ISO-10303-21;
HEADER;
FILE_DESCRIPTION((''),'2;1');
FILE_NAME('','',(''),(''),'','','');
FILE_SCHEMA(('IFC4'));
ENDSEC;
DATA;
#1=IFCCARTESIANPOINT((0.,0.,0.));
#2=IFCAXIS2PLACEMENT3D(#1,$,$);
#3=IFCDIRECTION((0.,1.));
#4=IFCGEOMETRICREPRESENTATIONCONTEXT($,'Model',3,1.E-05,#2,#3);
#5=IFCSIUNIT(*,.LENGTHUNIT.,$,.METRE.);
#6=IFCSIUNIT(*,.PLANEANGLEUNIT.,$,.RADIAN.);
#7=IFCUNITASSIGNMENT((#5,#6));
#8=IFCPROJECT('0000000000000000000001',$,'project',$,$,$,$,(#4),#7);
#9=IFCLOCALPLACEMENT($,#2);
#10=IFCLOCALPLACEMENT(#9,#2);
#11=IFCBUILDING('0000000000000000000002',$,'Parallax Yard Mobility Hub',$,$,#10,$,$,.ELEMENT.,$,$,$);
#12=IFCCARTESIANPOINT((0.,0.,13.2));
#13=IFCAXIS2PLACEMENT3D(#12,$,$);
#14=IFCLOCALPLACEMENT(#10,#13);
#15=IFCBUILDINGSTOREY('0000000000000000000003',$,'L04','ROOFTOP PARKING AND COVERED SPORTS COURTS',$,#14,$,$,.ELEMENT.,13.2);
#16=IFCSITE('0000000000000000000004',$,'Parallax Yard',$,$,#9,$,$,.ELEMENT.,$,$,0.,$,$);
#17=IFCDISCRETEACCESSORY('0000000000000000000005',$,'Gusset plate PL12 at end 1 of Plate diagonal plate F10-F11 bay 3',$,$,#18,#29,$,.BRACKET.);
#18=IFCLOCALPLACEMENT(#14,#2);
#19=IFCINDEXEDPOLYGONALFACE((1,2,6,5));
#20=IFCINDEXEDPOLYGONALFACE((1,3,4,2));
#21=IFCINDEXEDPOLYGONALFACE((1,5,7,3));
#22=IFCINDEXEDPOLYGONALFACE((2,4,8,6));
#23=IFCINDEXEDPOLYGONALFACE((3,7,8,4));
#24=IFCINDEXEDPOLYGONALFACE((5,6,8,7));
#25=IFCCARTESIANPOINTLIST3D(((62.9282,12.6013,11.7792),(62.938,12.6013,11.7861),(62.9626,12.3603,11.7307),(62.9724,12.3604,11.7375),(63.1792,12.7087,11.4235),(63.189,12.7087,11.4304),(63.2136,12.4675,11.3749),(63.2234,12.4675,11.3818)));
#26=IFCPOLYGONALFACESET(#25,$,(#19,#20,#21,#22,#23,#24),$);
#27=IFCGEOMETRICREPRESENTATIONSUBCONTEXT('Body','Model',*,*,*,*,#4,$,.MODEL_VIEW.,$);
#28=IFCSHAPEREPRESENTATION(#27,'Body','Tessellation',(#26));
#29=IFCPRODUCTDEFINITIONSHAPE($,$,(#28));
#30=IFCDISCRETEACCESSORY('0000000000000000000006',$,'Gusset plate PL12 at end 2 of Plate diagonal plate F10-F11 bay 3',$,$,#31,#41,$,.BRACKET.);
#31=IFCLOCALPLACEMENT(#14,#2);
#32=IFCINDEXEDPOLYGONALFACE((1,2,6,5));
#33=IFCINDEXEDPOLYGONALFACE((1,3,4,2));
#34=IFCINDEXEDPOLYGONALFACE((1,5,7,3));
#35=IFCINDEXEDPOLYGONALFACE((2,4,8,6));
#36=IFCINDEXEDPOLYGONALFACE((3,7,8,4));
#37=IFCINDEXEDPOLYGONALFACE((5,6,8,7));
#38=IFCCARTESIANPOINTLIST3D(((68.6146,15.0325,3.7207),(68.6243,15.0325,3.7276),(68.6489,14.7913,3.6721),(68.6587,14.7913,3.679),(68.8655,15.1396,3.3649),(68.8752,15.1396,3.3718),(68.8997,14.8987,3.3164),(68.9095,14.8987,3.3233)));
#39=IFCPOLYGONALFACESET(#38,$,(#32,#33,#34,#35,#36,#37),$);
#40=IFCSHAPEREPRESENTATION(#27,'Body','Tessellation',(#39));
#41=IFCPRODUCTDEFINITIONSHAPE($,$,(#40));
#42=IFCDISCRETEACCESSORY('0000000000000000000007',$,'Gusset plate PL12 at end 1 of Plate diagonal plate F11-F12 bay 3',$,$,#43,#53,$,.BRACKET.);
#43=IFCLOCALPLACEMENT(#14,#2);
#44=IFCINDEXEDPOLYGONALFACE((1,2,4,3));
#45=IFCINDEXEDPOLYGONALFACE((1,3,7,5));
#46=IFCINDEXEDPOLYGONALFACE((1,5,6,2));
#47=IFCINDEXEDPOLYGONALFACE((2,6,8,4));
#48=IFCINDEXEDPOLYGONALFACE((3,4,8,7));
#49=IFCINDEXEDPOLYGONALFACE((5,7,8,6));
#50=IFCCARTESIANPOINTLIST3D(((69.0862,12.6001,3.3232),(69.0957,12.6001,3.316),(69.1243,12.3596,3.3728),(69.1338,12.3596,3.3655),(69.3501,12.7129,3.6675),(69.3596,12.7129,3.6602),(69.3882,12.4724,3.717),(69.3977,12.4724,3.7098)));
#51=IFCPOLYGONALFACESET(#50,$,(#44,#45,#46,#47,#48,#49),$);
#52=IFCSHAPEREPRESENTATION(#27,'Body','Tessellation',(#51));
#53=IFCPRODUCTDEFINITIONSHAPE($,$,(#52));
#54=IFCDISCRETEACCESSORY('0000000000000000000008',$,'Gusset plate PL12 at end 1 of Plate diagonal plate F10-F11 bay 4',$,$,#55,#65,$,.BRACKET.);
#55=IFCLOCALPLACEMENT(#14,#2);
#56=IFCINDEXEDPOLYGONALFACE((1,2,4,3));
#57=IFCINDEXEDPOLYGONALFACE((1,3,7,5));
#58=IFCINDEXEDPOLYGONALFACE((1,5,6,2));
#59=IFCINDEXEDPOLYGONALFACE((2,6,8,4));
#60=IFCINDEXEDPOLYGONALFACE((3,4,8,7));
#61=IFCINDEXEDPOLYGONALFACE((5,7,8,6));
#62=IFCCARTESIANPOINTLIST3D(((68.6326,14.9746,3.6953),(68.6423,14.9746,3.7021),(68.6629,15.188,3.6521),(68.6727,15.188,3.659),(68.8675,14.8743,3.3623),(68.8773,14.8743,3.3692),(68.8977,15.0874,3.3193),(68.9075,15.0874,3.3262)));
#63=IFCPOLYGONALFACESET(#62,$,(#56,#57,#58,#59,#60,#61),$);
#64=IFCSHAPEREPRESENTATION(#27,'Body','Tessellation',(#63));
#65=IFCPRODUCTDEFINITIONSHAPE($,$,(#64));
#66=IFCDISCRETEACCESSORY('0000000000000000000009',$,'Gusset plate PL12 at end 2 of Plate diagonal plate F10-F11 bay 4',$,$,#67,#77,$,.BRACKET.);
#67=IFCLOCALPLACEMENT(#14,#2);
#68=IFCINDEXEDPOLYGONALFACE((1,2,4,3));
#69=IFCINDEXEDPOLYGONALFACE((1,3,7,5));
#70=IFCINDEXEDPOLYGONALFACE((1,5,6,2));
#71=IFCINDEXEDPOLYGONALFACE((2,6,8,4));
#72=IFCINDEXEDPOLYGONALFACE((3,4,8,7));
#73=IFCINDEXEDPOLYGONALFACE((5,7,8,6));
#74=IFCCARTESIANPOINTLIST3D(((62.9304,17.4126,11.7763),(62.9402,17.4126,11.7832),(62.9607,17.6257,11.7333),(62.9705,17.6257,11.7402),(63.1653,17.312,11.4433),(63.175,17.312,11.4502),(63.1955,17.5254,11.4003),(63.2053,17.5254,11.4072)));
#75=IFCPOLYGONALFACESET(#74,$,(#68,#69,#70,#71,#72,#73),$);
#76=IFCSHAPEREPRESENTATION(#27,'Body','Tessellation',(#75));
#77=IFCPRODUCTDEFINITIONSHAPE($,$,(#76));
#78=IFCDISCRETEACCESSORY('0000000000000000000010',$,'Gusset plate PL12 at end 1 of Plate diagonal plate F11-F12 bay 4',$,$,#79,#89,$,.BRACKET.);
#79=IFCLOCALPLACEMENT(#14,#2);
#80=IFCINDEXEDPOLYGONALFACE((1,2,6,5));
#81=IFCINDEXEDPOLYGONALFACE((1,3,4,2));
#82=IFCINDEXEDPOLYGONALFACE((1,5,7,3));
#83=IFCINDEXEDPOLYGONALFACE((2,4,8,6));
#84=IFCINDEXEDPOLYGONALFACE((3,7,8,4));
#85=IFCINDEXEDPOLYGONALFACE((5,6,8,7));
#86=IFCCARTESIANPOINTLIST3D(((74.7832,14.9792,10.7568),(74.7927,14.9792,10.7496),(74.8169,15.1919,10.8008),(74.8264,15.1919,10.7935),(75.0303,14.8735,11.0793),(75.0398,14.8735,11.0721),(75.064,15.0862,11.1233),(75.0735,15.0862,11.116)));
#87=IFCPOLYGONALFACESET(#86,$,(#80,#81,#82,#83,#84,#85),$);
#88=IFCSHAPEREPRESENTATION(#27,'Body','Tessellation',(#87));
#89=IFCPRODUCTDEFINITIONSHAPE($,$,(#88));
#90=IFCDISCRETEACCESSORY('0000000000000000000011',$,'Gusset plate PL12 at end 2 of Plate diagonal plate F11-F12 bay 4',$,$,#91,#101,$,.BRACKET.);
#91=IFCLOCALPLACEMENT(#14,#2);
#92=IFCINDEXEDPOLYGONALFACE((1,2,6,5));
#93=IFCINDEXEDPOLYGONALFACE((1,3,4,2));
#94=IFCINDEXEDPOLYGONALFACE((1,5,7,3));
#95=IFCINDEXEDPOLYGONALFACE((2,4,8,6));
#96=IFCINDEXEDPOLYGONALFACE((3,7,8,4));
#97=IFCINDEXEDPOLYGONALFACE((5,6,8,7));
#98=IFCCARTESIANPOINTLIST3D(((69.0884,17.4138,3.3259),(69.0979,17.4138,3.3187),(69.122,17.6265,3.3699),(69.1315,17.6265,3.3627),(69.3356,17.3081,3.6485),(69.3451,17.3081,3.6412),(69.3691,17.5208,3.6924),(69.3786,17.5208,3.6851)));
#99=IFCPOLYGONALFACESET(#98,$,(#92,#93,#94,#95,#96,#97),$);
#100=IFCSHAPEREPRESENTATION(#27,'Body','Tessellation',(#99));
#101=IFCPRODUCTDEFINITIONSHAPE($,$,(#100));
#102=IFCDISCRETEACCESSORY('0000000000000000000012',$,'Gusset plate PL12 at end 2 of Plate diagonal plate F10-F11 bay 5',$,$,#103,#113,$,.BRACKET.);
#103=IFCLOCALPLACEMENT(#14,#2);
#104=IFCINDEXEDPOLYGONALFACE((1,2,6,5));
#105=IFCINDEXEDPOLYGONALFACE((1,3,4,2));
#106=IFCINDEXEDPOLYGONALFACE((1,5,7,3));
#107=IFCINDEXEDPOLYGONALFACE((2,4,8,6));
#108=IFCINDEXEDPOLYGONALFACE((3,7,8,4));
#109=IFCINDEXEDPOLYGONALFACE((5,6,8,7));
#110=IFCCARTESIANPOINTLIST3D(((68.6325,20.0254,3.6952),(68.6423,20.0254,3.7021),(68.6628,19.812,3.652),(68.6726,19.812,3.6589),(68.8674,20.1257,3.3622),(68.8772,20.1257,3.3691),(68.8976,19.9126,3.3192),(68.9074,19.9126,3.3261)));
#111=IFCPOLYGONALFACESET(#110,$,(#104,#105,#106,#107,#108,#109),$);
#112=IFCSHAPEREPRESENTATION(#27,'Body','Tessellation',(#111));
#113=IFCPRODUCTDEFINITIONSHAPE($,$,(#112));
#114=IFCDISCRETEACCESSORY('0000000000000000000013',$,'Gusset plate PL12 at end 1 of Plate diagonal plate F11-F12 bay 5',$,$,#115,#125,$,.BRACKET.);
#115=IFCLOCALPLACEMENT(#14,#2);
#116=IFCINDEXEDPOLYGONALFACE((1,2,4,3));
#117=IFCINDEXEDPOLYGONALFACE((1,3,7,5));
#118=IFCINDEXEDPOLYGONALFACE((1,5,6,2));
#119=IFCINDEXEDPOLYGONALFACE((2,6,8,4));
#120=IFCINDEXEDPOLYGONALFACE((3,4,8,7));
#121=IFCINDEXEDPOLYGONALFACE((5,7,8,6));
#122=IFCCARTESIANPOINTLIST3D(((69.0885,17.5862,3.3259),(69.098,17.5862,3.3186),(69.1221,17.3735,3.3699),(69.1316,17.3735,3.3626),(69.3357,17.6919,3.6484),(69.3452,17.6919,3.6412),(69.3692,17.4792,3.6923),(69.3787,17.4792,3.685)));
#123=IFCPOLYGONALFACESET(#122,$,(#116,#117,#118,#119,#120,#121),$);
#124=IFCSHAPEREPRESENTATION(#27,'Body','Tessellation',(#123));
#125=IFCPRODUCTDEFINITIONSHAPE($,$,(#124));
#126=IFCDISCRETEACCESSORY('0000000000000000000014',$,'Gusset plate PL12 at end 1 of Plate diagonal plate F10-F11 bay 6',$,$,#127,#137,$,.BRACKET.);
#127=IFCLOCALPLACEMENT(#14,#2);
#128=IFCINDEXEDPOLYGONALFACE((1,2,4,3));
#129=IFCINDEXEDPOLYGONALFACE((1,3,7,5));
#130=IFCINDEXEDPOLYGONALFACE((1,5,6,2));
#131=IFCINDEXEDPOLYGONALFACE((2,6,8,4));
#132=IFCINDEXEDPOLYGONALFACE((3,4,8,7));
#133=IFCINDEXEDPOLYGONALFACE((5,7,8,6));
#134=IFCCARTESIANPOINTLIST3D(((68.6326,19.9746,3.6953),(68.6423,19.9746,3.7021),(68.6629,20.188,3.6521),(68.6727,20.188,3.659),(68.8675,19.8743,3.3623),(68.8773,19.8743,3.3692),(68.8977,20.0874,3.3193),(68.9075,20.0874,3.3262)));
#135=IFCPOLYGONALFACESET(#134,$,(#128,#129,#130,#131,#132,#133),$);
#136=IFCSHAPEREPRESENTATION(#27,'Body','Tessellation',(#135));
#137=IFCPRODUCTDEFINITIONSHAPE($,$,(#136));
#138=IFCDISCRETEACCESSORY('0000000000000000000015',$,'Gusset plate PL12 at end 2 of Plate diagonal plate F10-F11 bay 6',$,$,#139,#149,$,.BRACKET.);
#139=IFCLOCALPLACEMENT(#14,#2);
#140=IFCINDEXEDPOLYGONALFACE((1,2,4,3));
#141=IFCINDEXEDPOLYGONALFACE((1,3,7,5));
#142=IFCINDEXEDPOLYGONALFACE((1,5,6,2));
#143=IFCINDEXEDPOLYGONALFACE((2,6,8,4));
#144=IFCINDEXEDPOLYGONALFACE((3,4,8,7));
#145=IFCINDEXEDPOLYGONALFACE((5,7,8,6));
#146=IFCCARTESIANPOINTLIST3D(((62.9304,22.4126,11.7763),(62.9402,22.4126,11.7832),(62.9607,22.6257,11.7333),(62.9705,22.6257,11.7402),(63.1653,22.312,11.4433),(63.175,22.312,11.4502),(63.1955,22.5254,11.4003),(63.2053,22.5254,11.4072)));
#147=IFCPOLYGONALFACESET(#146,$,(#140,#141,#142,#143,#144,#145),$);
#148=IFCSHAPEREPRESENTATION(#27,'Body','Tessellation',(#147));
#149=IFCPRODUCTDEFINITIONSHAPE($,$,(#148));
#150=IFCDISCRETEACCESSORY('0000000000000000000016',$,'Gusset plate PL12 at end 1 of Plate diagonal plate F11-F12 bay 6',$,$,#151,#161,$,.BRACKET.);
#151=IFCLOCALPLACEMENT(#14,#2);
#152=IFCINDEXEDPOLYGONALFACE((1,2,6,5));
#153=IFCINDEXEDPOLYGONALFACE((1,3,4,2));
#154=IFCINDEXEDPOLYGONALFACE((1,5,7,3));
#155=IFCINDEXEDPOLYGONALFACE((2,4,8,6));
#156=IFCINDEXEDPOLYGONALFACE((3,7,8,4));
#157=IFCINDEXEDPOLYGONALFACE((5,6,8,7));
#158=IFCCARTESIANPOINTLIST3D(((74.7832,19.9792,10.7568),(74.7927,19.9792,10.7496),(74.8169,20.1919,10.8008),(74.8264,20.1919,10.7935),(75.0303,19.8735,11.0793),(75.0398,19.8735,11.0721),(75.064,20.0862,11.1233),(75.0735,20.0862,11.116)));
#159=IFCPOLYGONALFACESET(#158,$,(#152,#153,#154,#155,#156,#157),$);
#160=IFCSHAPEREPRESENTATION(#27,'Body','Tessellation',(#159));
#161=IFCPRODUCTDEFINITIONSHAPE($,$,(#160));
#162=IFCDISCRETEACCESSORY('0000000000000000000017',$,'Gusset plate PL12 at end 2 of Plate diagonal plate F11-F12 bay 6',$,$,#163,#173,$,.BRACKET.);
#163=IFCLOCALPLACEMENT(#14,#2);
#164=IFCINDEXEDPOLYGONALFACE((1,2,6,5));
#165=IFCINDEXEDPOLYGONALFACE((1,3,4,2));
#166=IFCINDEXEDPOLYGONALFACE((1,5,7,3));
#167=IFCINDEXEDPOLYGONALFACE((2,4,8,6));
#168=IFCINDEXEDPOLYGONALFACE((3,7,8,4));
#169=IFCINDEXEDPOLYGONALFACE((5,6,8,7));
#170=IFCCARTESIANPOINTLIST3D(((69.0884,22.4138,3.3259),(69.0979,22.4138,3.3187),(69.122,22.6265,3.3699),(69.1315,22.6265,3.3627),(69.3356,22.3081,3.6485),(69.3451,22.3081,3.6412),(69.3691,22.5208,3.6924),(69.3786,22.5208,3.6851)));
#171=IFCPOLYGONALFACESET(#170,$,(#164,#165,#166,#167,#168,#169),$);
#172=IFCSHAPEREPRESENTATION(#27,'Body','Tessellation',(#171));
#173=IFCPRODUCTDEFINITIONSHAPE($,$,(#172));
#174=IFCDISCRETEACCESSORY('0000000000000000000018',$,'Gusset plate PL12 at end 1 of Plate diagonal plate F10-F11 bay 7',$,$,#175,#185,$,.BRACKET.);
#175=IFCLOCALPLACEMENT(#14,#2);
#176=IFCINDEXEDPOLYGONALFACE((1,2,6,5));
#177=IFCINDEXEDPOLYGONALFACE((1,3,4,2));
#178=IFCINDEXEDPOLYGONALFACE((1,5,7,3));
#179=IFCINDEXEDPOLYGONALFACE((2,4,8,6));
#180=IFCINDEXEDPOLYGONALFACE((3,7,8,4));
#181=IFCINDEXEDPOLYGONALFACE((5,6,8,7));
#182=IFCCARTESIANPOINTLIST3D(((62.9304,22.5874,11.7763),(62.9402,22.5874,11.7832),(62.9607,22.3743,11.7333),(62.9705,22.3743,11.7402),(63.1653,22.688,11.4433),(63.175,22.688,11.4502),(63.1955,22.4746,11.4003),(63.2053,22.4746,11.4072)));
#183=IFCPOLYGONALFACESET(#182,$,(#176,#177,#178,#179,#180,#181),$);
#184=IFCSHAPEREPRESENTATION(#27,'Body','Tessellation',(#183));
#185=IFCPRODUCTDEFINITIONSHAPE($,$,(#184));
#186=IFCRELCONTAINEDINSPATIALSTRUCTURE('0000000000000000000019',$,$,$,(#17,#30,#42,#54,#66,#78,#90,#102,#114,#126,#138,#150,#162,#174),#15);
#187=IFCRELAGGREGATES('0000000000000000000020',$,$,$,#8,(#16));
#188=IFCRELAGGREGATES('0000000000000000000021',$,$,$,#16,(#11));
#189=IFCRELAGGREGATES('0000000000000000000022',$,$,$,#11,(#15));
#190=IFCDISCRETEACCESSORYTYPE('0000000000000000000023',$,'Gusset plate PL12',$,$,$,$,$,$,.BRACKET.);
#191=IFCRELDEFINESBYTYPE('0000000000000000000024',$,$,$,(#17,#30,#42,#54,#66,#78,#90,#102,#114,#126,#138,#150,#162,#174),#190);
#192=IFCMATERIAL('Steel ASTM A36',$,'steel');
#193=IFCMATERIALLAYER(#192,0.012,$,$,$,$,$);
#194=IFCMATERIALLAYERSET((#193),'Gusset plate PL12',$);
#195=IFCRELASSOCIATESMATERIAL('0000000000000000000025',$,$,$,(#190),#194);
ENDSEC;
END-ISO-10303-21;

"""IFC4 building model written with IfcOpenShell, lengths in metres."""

from ifc_helpers import new_model, si_unit, direction, frame, origin, place, context, subcontext, project, spatial, polyline, outline, extrude, material, layer, layer_set, type_object, element, save


model = new_model("IFC4")

# Units and contexts
model_context = context("Model", 3, precision=1e-05, world=origin(), true_north=direction((0.0, 1.0)))
body_context = subcontext(model_context, "Body", "Model", "MODEL_VIEW")
ifc_project = project(units=[si_unit("LENGTHUNIT", "METRE"), si_unit("PLANEANGLEUNIT", "RADIAN")], contexts=[model_context])

# Site, building, storey
site_placement = place(None, origin())
site = spatial("IfcSite", under=ifc_project, at=site_placement, Name="Parallax Yard", CompositionType="ELEMENT", RefElevation=0.0)
building_placement = place(site_placement, origin())
building = spatial("IfcBuilding", under=site, at=building_placement, Name="Parallax Yard Mobility Hub", CompositionType="ELEMENT")
storey_placement = place(building_placement, frame((0.0, 0.0, 13.2)))
storey = spatial("IfcBuildingStorey", under=building, at=storey_placement, Name="L04", Description="ROOFTOP PARKING AND COVERED SPORTS COURTS", CompositionType="ELEMENT", Elevation=13.2)

# Discrete accessories
ifc_material_1 = material(Name="Steel ASTM A36", Category="steel")
ifc_layer = layer(ifc_material_1, 0.012)
ifc_layer_set = layer_set([ifc_layer], Name="Gusset plate PL12")
discrete_accessory_type = type_object("IfcDiscreteAccessoryType", Name="Gusset plate PL12", PredefinedType="BRACKET", material=ifc_layer_set)
discrete_accessory_1_placement = place(storey_placement, frame((63.189, 12.7087, 11.4304), z_axis=(0.817026, 0.000463, 0.5766), x_axis=(-0.559719, -0.239568, 0.793298)))
element("IfcDiscreteAccessory", 1, at=discrete_accessory_1_placement, inside=storey, type_object=discrete_accessory_type, Name="Gusset plate PL12 at end 1 of Plate diagonal plate F10-F11 bay 3", PredefinedType="BRACKET", context=body_context, shape_type="SweptSolid", body=[
    extrude(outline(polyline([(0.0, 0.0), (0.4484, 0.0), (0.4483, 0.2482), (0.0, 0.2485), (0.0, 0.0)])), origin(), (0.0, 0.0, -1.0), 0.012),
])
discrete_accessory_2_placement = place(storey_placement, frame((68.6587, 14.7913, 3.679), z_axis=(0.817206, 0.000126, 0.576345), x_axis=(0.559527, 0.239641, -0.793412)))
element("IfcDiscreteAccessory", 2, at=discrete_accessory_2_placement, inside=storey, type_object=discrete_accessory_type, Name="Gusset plate PL12 at end 2 of Plate diagonal plate F10-F11 bay 3", PredefinedType="BRACKET", context=body_context, shape_type="SweptSolid", body=[
    extrude(outline(polyline([(0.0, 0.0), (0.4483, 0.0), (0.4483, 0.2482), (0.0, 0.2485), (0.0, 0.0)])), origin(), (0.0, 0.0, -1.0), 0.012),
])
discrete_accessory_3_placement = place(storey_placement, frame((69.3501, 12.7129, 3.6675), z_axis=(-0.793563, -0.000277, 0.608489), x_axis=(-0.588849, -0.251664, -0.768064)))
element("IfcDiscreteAccessory", 3, at=discrete_accessory_3_placement, inside=storey, type_object=discrete_accessory_type, Name="Gusset plate PL12 at end 1 of Plate diagonal plate F11-F12 bay 3", PredefinedType="BRACKET", context=body_context, shape_type="SweptSolid", body=[
    extrude(outline(polyline([(0.0, 0.0), (0.4482, 0.0), (0.4482, 0.2485), (0.0, 0.2485), (0.0, 0.0)])), origin(), (0.0, 0.0, -1.0), 0.012),
])
discrete_accessory_4_placement = place(storey_placement, frame((68.6423, 14.9746, 3.7021), z_axis=(0.817167, 0.000465, 0.576401), x_axis=(0.559774, -0.239096, -0.793401)))
element("IfcDiscreteAccessory", 4, at=discrete_accessory_4_placement, inside=storey, type_object=discrete_accessory_type, Name="Gusset plate PL12 at end 1 of Plate diagonal plate F10-F11 bay 4", PredefinedType="BRACKET", context=body_context, shape_type="SweptSolid", body=[
    extrude(outline(polyline([(0.0, 0.0), (0.4197, 0.0), (0.4197, 0.2195), (0.0002, 0.2198), (0.0, 0.0)])), origin(), (0.0, 0.0, -1.0), 0.012),
])
discrete_accessory_5_placement = place(storey_placement, frame((63.2053, 17.5254, 11.4072), z_axis=(0.817216, 0.000114, 0.576331), x_axis=(-0.559637, 0.239097, 0.793498)))
element("IfcDiscreteAccessory", 5, at=discrete_accessory_5_placement, inside=storey, type_object=discrete_accessory_type, Name="Gusset plate PL12 at end 2 of Plate diagonal plate F10-F11 bay 4", PredefinedType="BRACKET", context=body_context, shape_type="SweptSolid", body=[
    extrude(outline(polyline([(0.0, 0.0), (0.4197, 0.0), (0.4197, 0.2195), (0.0, 0.2198), (0.0, 0.0)])), origin(), (0.0, 0.0, -1.0), 0.012),
])
discrete_accessory_6_placement = place(storey_placement, frame((74.7832, 14.9792, 10.7568), z_axis=(-0.793815, 0.000089, 0.60816), x_axis=(0.588544, -0.251818, 0.768247)))
element("IfcDiscreteAccessory", 6, at=discrete_accessory_6_placement, inside=storey, type_object=discrete_accessory_type, Name="Gusset plate PL12 at end 1 of Plate diagonal plate F11-F12 bay 4", PredefinedType="BRACKET", context=body_context, shape_type="SweptSolid", body=[
    extrude(outline(polyline([(0.0, 0.0), (0.4198, 0.0), (0.4198, 0.2197), (0.0, 0.2197), (0.0, 0.0)])), origin(), (0.0, 0.0, -1.0), 0.012),
])
discrete_accessory_7_placement = place(storey_placement, frame((69.3691, 17.5208, 3.6924), z_axis=(-0.793746, -0.000396, 0.608249), x_axis=(-0.588727, 0.251818, -0.768107)))
element("IfcDiscreteAccessory", 7, at=discrete_accessory_7_placement, inside=storey, type_object=discrete_accessory_type, Name="Gusset plate PL12 at end 2 of Plate diagonal plate F11-F12 bay 4", PredefinedType="BRACKET", context=body_context, shape_type="SweptSolid", body=[
    extrude(outline(polyline([(0.0, 0.0), (0.4198, 0.0), (0.4198, 0.2197), (-0.0001, 0.2197), (0.0, 0.0)])), origin(), (0.0, 0.0, -1.0), 0.012),
])
discrete_accessory_8_placement = place(storey_placement, frame((68.6726, 19.812, 3.6589), z_axis=(0.817167, -0.000465, 0.576401), x_axis=(0.559681, 0.239756, -0.793268)))
element("IfcDiscreteAccessory", 8, at=discrete_accessory_8_placement, inside=storey, type_object=discrete_accessory_type, Name="Gusset plate PL12 at end 2 of Plate diagonal plate F10-F11 bay 5", PredefinedType="BRACKET", context=body_context, shape_type="SweptSolid", body=[
    extrude(outline(polyline([(0.0, 0.0), (0.4195, 0.0), (0.4196, 0.2195), (-0.0001, 0.2198), (0.0, 0.0)])), origin(), (0.0, 0.0, -1.0), 0.012),
])
discrete_accessory_9_placement = place(storey_placement, frame((69.3357, 17.6919, 3.6484), z_axis=(-0.793746, 0.000396, 0.608249), x_axis=(-0.588741, -0.251732, -0.768125)))
element("IfcDiscreteAccessory", 9, at=discrete_accessory_9_placement, inside=storey, type_object=discrete_accessory_type, Name="Gusset plate PL12 at end 1 of Plate diagonal plate F11-F12 bay 5", PredefinedType="BRACKET", context=body_context, shape_type="SweptSolid", body=[
    extrude(outline(polyline([(0.0, 0.0), (0.4199, 0.0), (0.4199, 0.2197), (0.0001, 0.2197), (0.0, 0.0)])), origin(), (0.0, 0.0, -1.0), 0.012),
])
discrete_accessory_10_placement = place(storey_placement, frame((68.6423, 19.9746, 3.7021), z_axis=(0.817167, 0.000465, 0.576401), x_axis=(0.559774, -0.239096, -0.793401)))
element("IfcDiscreteAccessory", 10, at=discrete_accessory_10_placement, inside=storey, type_object=discrete_accessory_type, Name="Gusset plate PL12 at end 1 of Plate diagonal plate F10-F11 bay 6", PredefinedType="BRACKET", context=body_context, shape_type="SweptSolid", body=[
    extrude(outline(polyline([(0.0, 0.0), (0.4197, 0.0), (0.4197, 0.2195), (0.0002, 0.2198), (0.0, 0.0)])), origin(), (0.0, 0.0, -1.0), 0.012),
])
discrete_accessory_11_placement = place(storey_placement, frame((63.2053, 22.5254, 11.4072), z_axis=(0.817216, 0.000114, 0.576331), x_axis=(-0.559637, 0.239097, 0.793498)))
element("IfcDiscreteAccessory", 11, at=discrete_accessory_11_placement, inside=storey, type_object=discrete_accessory_type, Name="Gusset plate PL12 at end 2 of Plate diagonal plate F10-F11 bay 6", PredefinedType="BRACKET", context=body_context, shape_type="SweptSolid", body=[
    extrude(outline(polyline([(0.0, 0.0), (0.4197, 0.0), (0.4197, 0.2195), (0.0, 0.2198), (0.0, 0.0)])), origin(), (0.0, 0.0, -1.0), 0.012),
])
discrete_accessory_12_placement = place(storey_placement, frame((74.7832, 19.9792, 10.7568), z_axis=(-0.793815, 0.000089, 0.60816), x_axis=(0.588544, -0.251818, 0.768247)))
element("IfcDiscreteAccessory", 12, at=discrete_accessory_12_placement, inside=storey, type_object=discrete_accessory_type, Name="Gusset plate PL12 at end 1 of Plate diagonal plate F11-F12 bay 6", PredefinedType="BRACKET", context=body_context, shape_type="SweptSolid", body=[
    extrude(outline(polyline([(0.0, 0.0), (0.4198, 0.0), (0.4198, 0.2197), (0.0, 0.2197), (0.0, 0.0)])), origin(), (0.0, 0.0, -1.0), 0.012),
])
discrete_accessory_13_placement = place(storey_placement, frame((69.3691, 22.5208, 3.6924), z_axis=(-0.793746, -0.000396, 0.608249), x_axis=(-0.588727, 0.251818, -0.768107)))
element("IfcDiscreteAccessory", 13, at=discrete_accessory_13_placement, inside=storey, type_object=discrete_accessory_type, Name="Gusset plate PL12 at end 2 of Plate diagonal plate F11-F12 bay 6", PredefinedType="BRACKET", context=body_context, shape_type="SweptSolid", body=[
    extrude(outline(polyline([(0.0, 0.0), (0.4198, 0.0), (0.4198, 0.2197), (-0.0001, 0.2197), (0.0, 0.0)])), origin(), (0.0, 0.0, -1.0), 0.012),
])
discrete_accessory_14_placement = place(storey_placement, frame((63.175, 22.688, 11.4502), z_axis=(0.817216, -0.000114, 0.576331), x_axis=(-0.559559, -0.239645, 0.793388)))
element("IfcDiscreteAccessory", 14, at=discrete_accessory_14_placement, inside=storey, type_object=discrete_accessory_type, Name="Gusset plate PL12 at end 1 of Plate diagonal plate F10-F11 bay 7", PredefinedType="BRACKET", context=body_context, shape_type="SweptSolid", body=[
    extrude(outline(polyline([(0.0, 0.0), (0.4197, 0.0), (0.4198, 0.2195), (0.0001, 0.2198), (0.0, 0.0)])), origin(), (0.0, 0.0, -1.0), 0.012),
])

save(model, "model.ifc")
